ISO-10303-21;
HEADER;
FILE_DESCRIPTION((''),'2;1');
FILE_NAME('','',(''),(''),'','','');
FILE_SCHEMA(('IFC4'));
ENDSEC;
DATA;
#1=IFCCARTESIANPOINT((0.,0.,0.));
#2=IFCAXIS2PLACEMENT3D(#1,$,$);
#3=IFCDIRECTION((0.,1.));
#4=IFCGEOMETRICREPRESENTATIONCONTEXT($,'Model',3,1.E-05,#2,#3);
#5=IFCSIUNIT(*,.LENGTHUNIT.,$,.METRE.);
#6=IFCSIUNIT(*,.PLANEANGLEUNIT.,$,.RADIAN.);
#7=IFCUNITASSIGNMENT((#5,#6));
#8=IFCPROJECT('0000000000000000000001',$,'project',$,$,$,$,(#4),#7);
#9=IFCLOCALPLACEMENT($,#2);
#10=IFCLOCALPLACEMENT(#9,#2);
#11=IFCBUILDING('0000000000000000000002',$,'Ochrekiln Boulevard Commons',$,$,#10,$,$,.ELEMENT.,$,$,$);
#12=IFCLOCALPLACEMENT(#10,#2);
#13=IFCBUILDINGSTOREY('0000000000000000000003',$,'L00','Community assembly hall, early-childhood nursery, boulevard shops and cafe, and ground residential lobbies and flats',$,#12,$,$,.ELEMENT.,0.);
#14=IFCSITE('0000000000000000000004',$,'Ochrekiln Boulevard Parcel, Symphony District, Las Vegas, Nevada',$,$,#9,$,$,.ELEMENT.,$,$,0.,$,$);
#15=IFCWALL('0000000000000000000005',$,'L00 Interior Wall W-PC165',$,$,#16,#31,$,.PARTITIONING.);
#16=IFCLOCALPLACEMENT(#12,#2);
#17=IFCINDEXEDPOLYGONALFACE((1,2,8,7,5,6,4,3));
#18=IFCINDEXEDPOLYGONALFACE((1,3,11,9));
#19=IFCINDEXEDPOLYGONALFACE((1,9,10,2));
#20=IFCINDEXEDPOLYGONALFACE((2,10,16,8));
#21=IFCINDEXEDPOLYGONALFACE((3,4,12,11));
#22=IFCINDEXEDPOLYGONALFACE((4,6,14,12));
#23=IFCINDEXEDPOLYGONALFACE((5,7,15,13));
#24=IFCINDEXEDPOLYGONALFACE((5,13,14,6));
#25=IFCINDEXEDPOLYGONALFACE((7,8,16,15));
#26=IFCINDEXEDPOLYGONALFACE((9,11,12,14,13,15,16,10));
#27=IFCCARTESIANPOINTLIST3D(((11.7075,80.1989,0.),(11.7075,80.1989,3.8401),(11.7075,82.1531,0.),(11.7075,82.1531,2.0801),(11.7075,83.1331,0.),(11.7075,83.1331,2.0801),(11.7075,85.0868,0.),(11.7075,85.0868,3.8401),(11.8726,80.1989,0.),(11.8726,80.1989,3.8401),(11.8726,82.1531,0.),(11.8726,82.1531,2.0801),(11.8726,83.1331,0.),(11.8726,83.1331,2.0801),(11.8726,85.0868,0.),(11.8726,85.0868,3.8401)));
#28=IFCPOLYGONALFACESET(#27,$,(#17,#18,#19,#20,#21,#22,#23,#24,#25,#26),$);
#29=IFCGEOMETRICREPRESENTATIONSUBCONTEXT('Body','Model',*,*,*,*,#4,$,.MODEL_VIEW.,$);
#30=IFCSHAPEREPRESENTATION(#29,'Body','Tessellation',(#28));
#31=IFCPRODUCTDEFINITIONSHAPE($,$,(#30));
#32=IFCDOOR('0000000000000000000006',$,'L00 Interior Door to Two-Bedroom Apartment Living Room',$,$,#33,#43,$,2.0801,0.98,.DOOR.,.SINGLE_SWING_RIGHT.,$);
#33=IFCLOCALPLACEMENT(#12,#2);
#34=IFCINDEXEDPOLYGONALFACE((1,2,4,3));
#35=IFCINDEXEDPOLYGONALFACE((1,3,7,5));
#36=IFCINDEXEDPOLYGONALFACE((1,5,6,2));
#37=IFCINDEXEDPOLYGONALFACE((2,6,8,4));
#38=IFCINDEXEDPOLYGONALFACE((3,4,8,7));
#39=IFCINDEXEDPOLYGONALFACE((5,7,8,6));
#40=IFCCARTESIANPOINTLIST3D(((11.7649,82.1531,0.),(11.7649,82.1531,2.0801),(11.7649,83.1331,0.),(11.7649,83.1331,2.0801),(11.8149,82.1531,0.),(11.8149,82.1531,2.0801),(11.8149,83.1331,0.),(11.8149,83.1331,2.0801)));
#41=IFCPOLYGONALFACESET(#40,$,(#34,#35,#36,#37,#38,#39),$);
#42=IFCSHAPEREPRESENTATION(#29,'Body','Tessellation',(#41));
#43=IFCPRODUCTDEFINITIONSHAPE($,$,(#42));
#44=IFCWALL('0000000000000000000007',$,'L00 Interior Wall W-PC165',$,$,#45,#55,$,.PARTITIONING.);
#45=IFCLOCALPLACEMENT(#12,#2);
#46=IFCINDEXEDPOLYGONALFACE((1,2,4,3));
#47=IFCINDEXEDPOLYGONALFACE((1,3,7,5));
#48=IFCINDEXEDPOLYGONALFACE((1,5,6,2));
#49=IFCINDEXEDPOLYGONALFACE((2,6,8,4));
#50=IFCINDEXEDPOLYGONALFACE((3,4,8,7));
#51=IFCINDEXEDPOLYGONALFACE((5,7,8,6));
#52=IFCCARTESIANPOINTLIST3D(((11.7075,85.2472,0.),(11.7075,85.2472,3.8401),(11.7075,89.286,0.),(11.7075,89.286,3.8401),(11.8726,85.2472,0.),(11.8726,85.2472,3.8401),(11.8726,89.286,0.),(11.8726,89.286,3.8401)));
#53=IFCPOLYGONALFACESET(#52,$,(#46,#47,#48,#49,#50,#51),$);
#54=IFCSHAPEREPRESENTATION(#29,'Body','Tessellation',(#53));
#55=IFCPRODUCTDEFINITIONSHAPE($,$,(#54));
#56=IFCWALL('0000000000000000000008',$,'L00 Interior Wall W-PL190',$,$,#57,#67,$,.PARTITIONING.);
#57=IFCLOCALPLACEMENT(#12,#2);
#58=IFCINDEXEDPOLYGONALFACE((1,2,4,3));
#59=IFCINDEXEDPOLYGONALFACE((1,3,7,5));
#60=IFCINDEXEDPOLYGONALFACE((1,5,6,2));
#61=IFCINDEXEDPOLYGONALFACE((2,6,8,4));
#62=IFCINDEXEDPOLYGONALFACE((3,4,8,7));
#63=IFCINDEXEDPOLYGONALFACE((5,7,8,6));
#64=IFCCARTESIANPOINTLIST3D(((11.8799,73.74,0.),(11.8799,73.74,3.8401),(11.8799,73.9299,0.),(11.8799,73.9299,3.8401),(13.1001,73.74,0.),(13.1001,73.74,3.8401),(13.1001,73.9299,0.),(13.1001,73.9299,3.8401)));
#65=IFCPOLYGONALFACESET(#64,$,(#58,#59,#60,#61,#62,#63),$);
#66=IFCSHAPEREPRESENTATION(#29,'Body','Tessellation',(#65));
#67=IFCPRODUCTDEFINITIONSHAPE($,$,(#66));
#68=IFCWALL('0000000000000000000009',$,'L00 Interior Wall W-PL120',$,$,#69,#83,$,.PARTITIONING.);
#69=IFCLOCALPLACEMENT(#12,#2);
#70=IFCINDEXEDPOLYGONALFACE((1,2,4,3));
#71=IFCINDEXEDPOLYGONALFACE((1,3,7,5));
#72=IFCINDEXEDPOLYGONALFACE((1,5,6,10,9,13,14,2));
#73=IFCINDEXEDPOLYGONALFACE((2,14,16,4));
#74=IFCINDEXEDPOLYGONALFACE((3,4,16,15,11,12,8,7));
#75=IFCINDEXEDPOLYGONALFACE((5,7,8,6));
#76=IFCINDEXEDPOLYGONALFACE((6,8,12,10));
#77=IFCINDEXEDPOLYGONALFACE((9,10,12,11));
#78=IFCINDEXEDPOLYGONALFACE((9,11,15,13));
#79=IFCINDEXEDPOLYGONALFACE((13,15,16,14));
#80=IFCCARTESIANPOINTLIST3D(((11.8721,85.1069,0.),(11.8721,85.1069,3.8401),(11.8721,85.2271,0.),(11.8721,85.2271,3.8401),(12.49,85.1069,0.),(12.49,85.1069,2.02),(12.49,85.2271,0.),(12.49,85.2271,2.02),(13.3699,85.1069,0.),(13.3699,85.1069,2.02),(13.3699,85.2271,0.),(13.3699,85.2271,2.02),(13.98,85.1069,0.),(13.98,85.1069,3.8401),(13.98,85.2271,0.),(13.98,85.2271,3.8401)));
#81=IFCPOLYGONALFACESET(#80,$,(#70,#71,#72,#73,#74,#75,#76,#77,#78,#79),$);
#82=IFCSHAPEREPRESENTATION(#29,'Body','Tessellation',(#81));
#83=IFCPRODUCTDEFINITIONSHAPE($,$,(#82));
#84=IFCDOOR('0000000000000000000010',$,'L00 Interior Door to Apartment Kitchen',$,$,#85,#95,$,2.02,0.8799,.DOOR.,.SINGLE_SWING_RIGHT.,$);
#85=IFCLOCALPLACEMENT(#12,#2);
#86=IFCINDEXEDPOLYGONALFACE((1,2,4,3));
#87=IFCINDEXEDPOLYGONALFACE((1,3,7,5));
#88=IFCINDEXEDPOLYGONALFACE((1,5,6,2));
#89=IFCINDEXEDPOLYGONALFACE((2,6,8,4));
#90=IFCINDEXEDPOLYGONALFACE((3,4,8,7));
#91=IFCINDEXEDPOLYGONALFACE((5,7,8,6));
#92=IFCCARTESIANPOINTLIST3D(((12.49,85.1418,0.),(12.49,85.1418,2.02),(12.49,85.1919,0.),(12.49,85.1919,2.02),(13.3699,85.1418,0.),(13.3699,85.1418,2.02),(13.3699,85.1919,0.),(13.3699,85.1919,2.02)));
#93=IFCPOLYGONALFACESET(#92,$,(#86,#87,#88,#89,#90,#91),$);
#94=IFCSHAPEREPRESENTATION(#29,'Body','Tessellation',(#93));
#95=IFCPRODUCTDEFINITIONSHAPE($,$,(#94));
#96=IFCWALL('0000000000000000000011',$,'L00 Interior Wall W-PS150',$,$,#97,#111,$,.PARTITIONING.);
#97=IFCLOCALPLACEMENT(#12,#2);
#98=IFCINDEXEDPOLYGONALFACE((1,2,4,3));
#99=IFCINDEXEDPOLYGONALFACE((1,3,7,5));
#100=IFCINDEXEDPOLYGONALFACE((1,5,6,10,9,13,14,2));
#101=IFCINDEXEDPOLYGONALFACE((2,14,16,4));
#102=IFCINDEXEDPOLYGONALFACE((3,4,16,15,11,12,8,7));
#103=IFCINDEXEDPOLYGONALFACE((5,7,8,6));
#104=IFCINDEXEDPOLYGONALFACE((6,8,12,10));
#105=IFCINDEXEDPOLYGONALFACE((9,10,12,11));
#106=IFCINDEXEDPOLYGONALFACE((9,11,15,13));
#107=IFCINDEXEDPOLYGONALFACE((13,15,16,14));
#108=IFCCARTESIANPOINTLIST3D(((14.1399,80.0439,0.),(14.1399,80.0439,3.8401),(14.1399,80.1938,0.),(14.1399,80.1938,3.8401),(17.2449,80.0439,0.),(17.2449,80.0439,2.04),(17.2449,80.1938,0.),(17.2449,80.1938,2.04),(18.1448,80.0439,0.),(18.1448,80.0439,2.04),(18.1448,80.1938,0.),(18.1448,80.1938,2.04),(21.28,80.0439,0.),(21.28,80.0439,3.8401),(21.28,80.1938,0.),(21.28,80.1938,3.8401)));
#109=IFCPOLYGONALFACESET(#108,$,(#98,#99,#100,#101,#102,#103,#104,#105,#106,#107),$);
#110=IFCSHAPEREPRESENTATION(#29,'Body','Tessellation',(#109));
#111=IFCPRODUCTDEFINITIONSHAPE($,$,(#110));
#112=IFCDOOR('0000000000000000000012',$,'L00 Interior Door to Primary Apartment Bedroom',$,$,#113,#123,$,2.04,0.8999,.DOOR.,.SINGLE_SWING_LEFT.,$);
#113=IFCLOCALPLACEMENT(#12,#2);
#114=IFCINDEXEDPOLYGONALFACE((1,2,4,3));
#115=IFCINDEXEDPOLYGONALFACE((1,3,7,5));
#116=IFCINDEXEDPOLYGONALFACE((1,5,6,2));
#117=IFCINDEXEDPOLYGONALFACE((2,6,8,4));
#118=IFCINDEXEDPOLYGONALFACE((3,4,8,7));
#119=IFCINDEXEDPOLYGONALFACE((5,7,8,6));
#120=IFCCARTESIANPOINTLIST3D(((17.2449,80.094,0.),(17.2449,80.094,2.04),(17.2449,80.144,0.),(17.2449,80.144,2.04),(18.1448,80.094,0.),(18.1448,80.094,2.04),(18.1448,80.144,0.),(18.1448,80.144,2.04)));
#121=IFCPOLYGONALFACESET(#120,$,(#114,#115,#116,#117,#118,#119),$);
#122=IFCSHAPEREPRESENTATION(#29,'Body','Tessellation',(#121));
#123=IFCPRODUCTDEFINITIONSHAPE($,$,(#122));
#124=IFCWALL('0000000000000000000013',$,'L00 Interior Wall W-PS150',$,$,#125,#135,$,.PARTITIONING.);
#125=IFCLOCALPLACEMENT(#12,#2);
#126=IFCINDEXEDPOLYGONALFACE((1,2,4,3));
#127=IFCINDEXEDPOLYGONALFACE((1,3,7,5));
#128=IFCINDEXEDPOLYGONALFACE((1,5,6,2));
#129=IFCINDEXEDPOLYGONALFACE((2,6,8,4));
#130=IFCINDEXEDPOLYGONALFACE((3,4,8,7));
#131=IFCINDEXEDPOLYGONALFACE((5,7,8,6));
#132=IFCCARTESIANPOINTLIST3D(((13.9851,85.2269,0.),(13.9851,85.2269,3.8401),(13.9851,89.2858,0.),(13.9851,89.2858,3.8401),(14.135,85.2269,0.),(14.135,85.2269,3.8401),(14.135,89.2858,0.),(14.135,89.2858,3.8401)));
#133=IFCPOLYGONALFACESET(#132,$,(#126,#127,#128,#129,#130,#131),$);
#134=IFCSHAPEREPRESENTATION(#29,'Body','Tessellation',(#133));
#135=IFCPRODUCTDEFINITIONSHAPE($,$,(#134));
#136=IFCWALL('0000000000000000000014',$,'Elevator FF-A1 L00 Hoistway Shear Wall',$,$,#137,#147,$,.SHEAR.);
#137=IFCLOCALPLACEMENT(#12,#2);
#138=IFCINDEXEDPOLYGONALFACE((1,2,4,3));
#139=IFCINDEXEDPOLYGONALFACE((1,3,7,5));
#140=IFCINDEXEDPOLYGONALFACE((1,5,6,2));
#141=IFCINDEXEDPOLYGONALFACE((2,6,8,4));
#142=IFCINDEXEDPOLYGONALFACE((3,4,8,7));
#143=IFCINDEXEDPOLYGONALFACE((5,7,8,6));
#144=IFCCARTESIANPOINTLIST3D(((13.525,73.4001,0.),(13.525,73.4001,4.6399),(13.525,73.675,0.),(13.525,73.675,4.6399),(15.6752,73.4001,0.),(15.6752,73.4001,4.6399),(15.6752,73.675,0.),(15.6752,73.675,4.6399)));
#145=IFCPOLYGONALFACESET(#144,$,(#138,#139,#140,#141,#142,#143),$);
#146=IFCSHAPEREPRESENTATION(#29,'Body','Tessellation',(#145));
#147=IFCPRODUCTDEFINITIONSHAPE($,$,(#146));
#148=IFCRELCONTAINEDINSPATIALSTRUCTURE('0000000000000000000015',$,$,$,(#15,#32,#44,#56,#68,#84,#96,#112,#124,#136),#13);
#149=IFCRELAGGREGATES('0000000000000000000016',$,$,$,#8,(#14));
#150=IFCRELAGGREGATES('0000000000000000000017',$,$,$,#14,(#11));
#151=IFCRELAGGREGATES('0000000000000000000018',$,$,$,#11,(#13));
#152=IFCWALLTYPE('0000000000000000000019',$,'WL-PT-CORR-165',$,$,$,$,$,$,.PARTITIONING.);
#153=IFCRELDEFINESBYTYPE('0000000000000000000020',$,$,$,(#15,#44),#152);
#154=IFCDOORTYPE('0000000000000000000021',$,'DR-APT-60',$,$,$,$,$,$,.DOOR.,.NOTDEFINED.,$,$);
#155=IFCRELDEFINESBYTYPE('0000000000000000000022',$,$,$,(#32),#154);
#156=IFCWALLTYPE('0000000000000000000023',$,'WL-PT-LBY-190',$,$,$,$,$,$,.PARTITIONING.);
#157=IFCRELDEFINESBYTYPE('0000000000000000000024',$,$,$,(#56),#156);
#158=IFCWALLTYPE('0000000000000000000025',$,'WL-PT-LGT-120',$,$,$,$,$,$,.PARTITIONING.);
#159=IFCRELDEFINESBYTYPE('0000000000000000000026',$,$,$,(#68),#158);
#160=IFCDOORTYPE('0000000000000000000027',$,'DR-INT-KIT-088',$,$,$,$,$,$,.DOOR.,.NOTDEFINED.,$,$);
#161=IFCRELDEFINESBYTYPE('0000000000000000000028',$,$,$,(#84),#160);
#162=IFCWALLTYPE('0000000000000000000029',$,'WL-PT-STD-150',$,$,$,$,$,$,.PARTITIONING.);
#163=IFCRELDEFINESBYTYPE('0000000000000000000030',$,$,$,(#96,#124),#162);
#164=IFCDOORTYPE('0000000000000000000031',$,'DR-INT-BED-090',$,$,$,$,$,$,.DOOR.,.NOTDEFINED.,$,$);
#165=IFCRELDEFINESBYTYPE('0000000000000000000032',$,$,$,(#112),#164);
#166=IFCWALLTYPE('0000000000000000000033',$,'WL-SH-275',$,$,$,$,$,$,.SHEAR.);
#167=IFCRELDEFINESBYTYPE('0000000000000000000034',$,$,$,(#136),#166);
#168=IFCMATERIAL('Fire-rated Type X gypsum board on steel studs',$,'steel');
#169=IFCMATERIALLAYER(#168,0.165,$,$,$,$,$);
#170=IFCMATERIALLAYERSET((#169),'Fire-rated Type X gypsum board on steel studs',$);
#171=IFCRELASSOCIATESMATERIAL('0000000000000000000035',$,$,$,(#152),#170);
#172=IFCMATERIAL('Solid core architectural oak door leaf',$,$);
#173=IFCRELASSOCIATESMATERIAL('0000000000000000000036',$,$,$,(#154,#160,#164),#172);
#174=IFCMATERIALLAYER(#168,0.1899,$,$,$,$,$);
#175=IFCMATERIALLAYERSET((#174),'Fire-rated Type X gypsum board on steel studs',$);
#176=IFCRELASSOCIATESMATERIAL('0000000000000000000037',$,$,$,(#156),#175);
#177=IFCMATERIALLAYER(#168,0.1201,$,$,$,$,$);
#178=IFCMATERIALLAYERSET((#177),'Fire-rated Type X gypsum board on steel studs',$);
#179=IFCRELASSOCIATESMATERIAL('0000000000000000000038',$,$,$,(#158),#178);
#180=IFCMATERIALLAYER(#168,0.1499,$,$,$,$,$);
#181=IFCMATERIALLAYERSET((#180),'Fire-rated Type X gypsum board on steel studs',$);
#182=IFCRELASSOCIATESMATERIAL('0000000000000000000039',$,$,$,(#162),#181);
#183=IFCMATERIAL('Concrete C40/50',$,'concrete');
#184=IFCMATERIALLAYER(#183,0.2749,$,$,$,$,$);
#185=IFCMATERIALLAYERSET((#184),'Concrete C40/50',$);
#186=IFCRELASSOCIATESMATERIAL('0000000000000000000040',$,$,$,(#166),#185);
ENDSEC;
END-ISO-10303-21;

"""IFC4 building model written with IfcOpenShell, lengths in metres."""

from ifc_helpers import new_model, si_unit, direction, frame, frame_2d, origin, place, context, subcontext, project, spatial, rectangle, extrude, material, layer, layer_set, type_object, element, fill, save


model = new_model("IFC4")

# Units and contexts
model_context = context("Model", 3, precision=1e-05, world=origin(), true_north=direction((0.0, 1.0)))
body_context = subcontext(model_context, "Body", "Model", "MODEL_VIEW")
ifc_project = project(units=[si_unit("LENGTHUNIT", "METRE"), si_unit("PLANEANGLEUNIT", "RADIAN")], contexts=[model_context])

# Site, building, storey
site_placement = place(None, origin())
site = spatial("IfcSite", under=ifc_project, at=site_placement, Name="Ochrekiln Boulevard Parcel, Symphony District, Las Vegas, Nevada", CompositionType="ELEMENT", RefElevation=0.0)
building_placement = place(site_placement, origin())
building = spatial("IfcBuilding", under=site, at=building_placement, Name="Ochrekiln Boulevard Commons", CompositionType="ELEMENT")
storey_placement = place(building_placement, origin())
storey = spatial("IfcBuildingStorey", under=building, at=storey_placement, Name="L00", Description="Community assembly hall, early-childhood nursery, boulevard shops and cafe, and ground residential lobbies and flats", CompositionType="ELEMENT", Elevation=0.0)

# Shared definitions
ifc_material_1 = material(Name="Solid core architectural oak door leaf")

# Shared definitions
ifc_material_2 = material(Name="Fire-rated Type X gypsum board on steel studs", Category="steel")
ifc_layer_1 = layer(ifc_material_2, 0.165)
ifc_layer_set_1 = layer_set([ifc_layer_1], Name="Fire-rated Type X gypsum board on steel studs")
wall_type_1 = type_object("IfcWallType", Name="WL-PT-CORR-165", PredefinedType="PARTITIONING", material=ifc_layer_set_1)
door_type_1 = type_object("IfcDoorType", Name="DR-APT-60", OperationType="NOTDEFINED", PredefinedType="DOOR", material=ifc_material_1)

# Wall, opening, door
wall_1_placement = place(storey_placement, frame((11.79, 80.199, 0.0), z_axis=(0.0, 0.0, 1.0), x_axis=(0.0, 1.0, 0.0)))
wall_1 = element("IfcWall", 1, at=wall_1_placement, inside=storey, type_object=wall_type_1, Name="L00 Interior Wall W-PC165", PredefinedType="PARTITIONING", context=body_context, shape_type="SweptSolid", body=[
    extrude(rectangle(XDim=4.8879, YDim=0.165, at=frame_2d((2.4438, 0.0))), origin(), (0.0, 0.0, 1.0), 3.8401),
])
opening_1_placement = place(wall_1_placement, frame((1.9541, 0.0, 0.0)))
opening_1 = element("IfcOpeningElement", 2, at=opening_1_placement, cuts=wall_1, PredefinedType="OPENING", context=body_context, shape_type="SweptSolid", body=[
    extrude(rectangle(XDim=0.98, YDim=2.0801, at=frame_2d((0.49, 1.04))), frame((0.0, 0.0925, 0.0), z_axis=(0.0, -1.0, 0.0), x_axis=(1.0, 0.0, 0.0)), (0.0, 0.0, 1.0), 0.1851),
])
door_1_placement = place(opening_1_placement, frame((0.98, 0.0, 0.0), z_axis=(0.0, 0.0, 1.0), x_axis=(-1.0, 0.0, 0.0)))
door_1 = element("IfcDoor", 3, at=door_1_placement, inside=storey, type_object=door_type_1, Name="L00 Interior Door to Two-Bedroom Apartment Living Room", OperationType="SINGLE_SWING_RIGHT", OverallHeight=2.0801, OverallWidth=0.98, PredefinedType="DOOR", context=body_context, shape_type="SweptSolid", body=[
    extrude(rectangle(XDim=0.98, YDim=2.0801, at=frame_2d((0.49, 1.04))), frame((0.0, 0.0249, 0.0), z_axis=(0.0, -1.0, 0.0), x_axis=(1.0, 0.0, 0.0)), (0.0, 0.0, 1.0), 0.05),
])
fill(opening_1, door_1)

# Walls
wall_2_placement = place(storey_placement, frame((11.79, 85.2471, 0.0), z_axis=(0.0, 0.0, 1.0), x_axis=(0.0, 1.0, 0.0)))
element("IfcWall", 4, at=wall_2_placement, inside=storey, type_object=wall_type_1, Name="L00 Interior Wall W-PC165", PredefinedType="PARTITIONING", context=body_context, shape_type="SweptSolid", body=[
    extrude(rectangle(XDim=4.0388, YDim=0.165, at=frame_2d((2.0195, 0.0))), origin(), (0.0, 0.0, 1.0), 3.8401),
])
ifc_layer_2 = layer(ifc_material_2, 0.1899)
ifc_layer_set_2 = layer_set([ifc_layer_2], Name="Fire-rated Type X gypsum board on steel studs")
wall_type_2 = type_object("IfcWallType", Name="WL-PT-LBY-190", PredefinedType="PARTITIONING", material=ifc_layer_set_2)
wall_3_placement = place(storey_placement, frame((11.8799, 73.835, 0.0), z_axis=(0.0, 0.0, 1.0), x_axis=(1.0, 0.0, 0.0)))
element("IfcWall", 5, at=wall_3_placement, inside=storey, type_object=wall_type_2, Name="L00 Interior Wall W-PL190", PredefinedType="PARTITIONING", context=body_context, shape_type="SweptSolid", body=[
    extrude(rectangle(XDim=1.2202, YDim=0.1899, at=frame_2d((0.6101, 0.0))), origin(), (0.0, 0.0, 1.0), 3.8401),
])

# Walls, openings, doors
ifc_layer_3 = layer(ifc_material_2, 0.1201)
ifc_layer_set_3 = layer_set([ifc_layer_3], Name="Fire-rated Type X gypsum board on steel studs")
wall_type_3 = type_object("IfcWallType", Name="WL-PT-LGT-120", PredefinedType="PARTITIONING", material=ifc_layer_set_3)
wall_4_placement = place(storey_placement, frame((11.8721, 85.167, 0.0), z_axis=(0.0, 0.0, 1.0), x_axis=(1.0, 0.0, 0.0)))
wall_4 = element("IfcWall", 6, at=wall_4_placement, inside=storey, type_object=wall_type_3, Name="L00 Interior Wall W-PL120", PredefinedType="PARTITIONING", context=body_context, shape_type="SweptSolid", body=[
    extrude(rectangle(XDim=2.1079, YDim=0.1201, at=frame_2d((1.054, 0.0))), origin(), (0.0, 0.0, 1.0), 3.8401),
])
opening_2_placement = place(wall_4_placement, frame((0.6179, 0.0, 0.0)))
opening_2 = element("IfcOpeningElement", 7, at=opening_2_placement, cuts=wall_4, PredefinedType="OPENING", context=body_context, shape_type="SweptSolid", body=[
    extrude(rectangle(XDim=0.8799, YDim=2.02, at=frame_2d((0.4399, 1.01))), frame((0.0, 0.0701, 0.0), z_axis=(0.0, -1.0, 0.0), x_axis=(1.0, 0.0, 0.0)), (0.0, 0.0, 1.0), 0.1401),
])
door_type_2 = type_object("IfcDoorType", Name="DR-INT-KIT-088", OperationType="NOTDEFINED", PredefinedType="DOOR", material=ifc_material_1)
door_2_placement = place(opening_2_placement, origin())
door_2 = element("IfcDoor", 8, at=door_2_placement, inside=storey, type_object=door_type_2, Name="L00 Interior Door to Apartment Kitchen", OperationType="SINGLE_SWING_RIGHT", OverallHeight=2.02, OverallWidth=0.8799, PredefinedType="DOOR", context=body_context, shape_type="SweptSolid", body=[
    extrude(rectangle(XDim=0.8799, YDim=2.02, at=frame_2d((0.4399, 1.01))), frame((0.0, 0.0249, 0.0), z_axis=(0.0, -1.0, 0.0), x_axis=(1.0, 0.0, 0.0)), (0.0, 0.0, 1.0), 0.05),
])
fill(opening_2, door_2)
ifc_layer_4 = layer(ifc_material_2, 0.1499)
ifc_layer_set_4 = layer_set([ifc_layer_4], Name="Fire-rated Type X gypsum board on steel studs")
wall_type_4 = type_object("IfcWallType", Name="WL-PT-STD-150", PredefinedType="PARTITIONING", material=ifc_layer_set_4)
wall_5_placement = place(storey_placement, frame((14.1399, 80.1189, 0.0), z_axis=(0.0, 0.0, 1.0), x_axis=(1.0, 0.0, 0.0)))
wall_5 = element("IfcWall", 9, at=wall_5_placement, inside=storey, type_object=wall_type_4, Name="L00 Interior Wall W-PS150", PredefinedType="PARTITIONING", context=body_context, shape_type="SweptSolid", body=[
    extrude(rectangle(XDim=7.1401, YDim=0.1499, at=frame_2d((3.5701, 0.0))), origin(), (0.0, 0.0, 1.0), 3.8401),
])
opening_3_placement = place(wall_5_placement, frame((3.105, 0.0, 0.0)))
opening_3 = element("IfcOpeningElement", 10, at=opening_3_placement, cuts=wall_5, PredefinedType="OPENING", context=body_context, shape_type="SweptSolid", body=[
    extrude(rectangle(XDim=0.8999, YDim=2.04, at=frame_2d((0.45, 1.02))), frame((0.0, 0.085, 0.0), z_axis=(0.0, -1.0, 0.0), x_axis=(1.0, 0.0, 0.0)), (0.0, 0.0, 1.0), 0.1699),
])
door_type_3 = type_object("IfcDoorType", Name="DR-INT-BED-090", OperationType="NOTDEFINED", PredefinedType="DOOR", material=ifc_material_1)
door_3_placement = place(opening_3_placement, frame((0.8999, 0.0, 0.0), z_axis=(0.0, 0.0, 1.0), x_axis=(-1.0, 0.0, 0.0)))
door_3 = element("IfcDoor", 11, at=door_3_placement, inside=storey, type_object=door_type_3, Name="L00 Interior Door to Primary Apartment Bedroom", OperationType="SINGLE_SWING_LEFT", OverallHeight=2.04, OverallWidth=0.8999, PredefinedType="DOOR", context=body_context, shape_type="SweptSolid", body=[
    extrude(rectangle(XDim=0.8999, YDim=2.04, at=frame_2d((0.45, 1.02))), frame((0.0, 0.0249, 0.0), z_axis=(0.0, -1.0, 0.0), x_axis=(1.0, 0.0, 0.0)), (0.0, 0.0, 1.0), 0.05),
])
fill(opening_3, door_3)

# Walls
wall_6_placement = place(storey_placement, frame((14.0601, 85.2271, 0.0), z_axis=(0.0, 0.0, 1.0), x_axis=(0.0, 1.0, 0.0)))
element("IfcWall", 12, at=wall_6_placement, inside=storey, type_object=wall_type_4, Name="L00 Interior Wall W-PS150", PredefinedType="PARTITIONING", context=body_context, shape_type="SweptSolid", body=[
    extrude(rectangle(XDim=4.0588, YDim=0.1499, at=frame_2d((2.0293, 0.0))), origin(), (0.0, 0.0, 1.0), 3.8401),
])
ifc_material_3 = material(Name="Concrete C40/50", Category="concrete")
ifc_layer_5 = layer(ifc_material_3, 0.2749)
ifc_layer_set_5 = layer_set([ifc_layer_5], Name="Concrete C40/50")
wall_type_5 = type_object("IfcWallType", Name="WL-SH-275", PredefinedType="SHEAR", material=ifc_layer_set_5)
wall_7_placement = place(storey_placement, frame((13.5249, 73.5376, 0.0), z_axis=(0.0, 0.0, 1.0), x_axis=(1.0, 0.0, 0.0)))
element("IfcWall", 13, at=wall_7_placement, inside=storey, type_object=wall_type_5, Name="Elevator FF-A1 L00 Hoistway Shear Wall", PredefinedType="SHEAR", context=body_context, shape_type="SweptSolid", body=[
    extrude(rectangle(XDim=2.1501, YDim=0.2749, at=frame_2d((1.0752, 0.0))), origin(), (0.0, 0.0, 1.0), 4.6399),
])

save(model, "model.ifc")
